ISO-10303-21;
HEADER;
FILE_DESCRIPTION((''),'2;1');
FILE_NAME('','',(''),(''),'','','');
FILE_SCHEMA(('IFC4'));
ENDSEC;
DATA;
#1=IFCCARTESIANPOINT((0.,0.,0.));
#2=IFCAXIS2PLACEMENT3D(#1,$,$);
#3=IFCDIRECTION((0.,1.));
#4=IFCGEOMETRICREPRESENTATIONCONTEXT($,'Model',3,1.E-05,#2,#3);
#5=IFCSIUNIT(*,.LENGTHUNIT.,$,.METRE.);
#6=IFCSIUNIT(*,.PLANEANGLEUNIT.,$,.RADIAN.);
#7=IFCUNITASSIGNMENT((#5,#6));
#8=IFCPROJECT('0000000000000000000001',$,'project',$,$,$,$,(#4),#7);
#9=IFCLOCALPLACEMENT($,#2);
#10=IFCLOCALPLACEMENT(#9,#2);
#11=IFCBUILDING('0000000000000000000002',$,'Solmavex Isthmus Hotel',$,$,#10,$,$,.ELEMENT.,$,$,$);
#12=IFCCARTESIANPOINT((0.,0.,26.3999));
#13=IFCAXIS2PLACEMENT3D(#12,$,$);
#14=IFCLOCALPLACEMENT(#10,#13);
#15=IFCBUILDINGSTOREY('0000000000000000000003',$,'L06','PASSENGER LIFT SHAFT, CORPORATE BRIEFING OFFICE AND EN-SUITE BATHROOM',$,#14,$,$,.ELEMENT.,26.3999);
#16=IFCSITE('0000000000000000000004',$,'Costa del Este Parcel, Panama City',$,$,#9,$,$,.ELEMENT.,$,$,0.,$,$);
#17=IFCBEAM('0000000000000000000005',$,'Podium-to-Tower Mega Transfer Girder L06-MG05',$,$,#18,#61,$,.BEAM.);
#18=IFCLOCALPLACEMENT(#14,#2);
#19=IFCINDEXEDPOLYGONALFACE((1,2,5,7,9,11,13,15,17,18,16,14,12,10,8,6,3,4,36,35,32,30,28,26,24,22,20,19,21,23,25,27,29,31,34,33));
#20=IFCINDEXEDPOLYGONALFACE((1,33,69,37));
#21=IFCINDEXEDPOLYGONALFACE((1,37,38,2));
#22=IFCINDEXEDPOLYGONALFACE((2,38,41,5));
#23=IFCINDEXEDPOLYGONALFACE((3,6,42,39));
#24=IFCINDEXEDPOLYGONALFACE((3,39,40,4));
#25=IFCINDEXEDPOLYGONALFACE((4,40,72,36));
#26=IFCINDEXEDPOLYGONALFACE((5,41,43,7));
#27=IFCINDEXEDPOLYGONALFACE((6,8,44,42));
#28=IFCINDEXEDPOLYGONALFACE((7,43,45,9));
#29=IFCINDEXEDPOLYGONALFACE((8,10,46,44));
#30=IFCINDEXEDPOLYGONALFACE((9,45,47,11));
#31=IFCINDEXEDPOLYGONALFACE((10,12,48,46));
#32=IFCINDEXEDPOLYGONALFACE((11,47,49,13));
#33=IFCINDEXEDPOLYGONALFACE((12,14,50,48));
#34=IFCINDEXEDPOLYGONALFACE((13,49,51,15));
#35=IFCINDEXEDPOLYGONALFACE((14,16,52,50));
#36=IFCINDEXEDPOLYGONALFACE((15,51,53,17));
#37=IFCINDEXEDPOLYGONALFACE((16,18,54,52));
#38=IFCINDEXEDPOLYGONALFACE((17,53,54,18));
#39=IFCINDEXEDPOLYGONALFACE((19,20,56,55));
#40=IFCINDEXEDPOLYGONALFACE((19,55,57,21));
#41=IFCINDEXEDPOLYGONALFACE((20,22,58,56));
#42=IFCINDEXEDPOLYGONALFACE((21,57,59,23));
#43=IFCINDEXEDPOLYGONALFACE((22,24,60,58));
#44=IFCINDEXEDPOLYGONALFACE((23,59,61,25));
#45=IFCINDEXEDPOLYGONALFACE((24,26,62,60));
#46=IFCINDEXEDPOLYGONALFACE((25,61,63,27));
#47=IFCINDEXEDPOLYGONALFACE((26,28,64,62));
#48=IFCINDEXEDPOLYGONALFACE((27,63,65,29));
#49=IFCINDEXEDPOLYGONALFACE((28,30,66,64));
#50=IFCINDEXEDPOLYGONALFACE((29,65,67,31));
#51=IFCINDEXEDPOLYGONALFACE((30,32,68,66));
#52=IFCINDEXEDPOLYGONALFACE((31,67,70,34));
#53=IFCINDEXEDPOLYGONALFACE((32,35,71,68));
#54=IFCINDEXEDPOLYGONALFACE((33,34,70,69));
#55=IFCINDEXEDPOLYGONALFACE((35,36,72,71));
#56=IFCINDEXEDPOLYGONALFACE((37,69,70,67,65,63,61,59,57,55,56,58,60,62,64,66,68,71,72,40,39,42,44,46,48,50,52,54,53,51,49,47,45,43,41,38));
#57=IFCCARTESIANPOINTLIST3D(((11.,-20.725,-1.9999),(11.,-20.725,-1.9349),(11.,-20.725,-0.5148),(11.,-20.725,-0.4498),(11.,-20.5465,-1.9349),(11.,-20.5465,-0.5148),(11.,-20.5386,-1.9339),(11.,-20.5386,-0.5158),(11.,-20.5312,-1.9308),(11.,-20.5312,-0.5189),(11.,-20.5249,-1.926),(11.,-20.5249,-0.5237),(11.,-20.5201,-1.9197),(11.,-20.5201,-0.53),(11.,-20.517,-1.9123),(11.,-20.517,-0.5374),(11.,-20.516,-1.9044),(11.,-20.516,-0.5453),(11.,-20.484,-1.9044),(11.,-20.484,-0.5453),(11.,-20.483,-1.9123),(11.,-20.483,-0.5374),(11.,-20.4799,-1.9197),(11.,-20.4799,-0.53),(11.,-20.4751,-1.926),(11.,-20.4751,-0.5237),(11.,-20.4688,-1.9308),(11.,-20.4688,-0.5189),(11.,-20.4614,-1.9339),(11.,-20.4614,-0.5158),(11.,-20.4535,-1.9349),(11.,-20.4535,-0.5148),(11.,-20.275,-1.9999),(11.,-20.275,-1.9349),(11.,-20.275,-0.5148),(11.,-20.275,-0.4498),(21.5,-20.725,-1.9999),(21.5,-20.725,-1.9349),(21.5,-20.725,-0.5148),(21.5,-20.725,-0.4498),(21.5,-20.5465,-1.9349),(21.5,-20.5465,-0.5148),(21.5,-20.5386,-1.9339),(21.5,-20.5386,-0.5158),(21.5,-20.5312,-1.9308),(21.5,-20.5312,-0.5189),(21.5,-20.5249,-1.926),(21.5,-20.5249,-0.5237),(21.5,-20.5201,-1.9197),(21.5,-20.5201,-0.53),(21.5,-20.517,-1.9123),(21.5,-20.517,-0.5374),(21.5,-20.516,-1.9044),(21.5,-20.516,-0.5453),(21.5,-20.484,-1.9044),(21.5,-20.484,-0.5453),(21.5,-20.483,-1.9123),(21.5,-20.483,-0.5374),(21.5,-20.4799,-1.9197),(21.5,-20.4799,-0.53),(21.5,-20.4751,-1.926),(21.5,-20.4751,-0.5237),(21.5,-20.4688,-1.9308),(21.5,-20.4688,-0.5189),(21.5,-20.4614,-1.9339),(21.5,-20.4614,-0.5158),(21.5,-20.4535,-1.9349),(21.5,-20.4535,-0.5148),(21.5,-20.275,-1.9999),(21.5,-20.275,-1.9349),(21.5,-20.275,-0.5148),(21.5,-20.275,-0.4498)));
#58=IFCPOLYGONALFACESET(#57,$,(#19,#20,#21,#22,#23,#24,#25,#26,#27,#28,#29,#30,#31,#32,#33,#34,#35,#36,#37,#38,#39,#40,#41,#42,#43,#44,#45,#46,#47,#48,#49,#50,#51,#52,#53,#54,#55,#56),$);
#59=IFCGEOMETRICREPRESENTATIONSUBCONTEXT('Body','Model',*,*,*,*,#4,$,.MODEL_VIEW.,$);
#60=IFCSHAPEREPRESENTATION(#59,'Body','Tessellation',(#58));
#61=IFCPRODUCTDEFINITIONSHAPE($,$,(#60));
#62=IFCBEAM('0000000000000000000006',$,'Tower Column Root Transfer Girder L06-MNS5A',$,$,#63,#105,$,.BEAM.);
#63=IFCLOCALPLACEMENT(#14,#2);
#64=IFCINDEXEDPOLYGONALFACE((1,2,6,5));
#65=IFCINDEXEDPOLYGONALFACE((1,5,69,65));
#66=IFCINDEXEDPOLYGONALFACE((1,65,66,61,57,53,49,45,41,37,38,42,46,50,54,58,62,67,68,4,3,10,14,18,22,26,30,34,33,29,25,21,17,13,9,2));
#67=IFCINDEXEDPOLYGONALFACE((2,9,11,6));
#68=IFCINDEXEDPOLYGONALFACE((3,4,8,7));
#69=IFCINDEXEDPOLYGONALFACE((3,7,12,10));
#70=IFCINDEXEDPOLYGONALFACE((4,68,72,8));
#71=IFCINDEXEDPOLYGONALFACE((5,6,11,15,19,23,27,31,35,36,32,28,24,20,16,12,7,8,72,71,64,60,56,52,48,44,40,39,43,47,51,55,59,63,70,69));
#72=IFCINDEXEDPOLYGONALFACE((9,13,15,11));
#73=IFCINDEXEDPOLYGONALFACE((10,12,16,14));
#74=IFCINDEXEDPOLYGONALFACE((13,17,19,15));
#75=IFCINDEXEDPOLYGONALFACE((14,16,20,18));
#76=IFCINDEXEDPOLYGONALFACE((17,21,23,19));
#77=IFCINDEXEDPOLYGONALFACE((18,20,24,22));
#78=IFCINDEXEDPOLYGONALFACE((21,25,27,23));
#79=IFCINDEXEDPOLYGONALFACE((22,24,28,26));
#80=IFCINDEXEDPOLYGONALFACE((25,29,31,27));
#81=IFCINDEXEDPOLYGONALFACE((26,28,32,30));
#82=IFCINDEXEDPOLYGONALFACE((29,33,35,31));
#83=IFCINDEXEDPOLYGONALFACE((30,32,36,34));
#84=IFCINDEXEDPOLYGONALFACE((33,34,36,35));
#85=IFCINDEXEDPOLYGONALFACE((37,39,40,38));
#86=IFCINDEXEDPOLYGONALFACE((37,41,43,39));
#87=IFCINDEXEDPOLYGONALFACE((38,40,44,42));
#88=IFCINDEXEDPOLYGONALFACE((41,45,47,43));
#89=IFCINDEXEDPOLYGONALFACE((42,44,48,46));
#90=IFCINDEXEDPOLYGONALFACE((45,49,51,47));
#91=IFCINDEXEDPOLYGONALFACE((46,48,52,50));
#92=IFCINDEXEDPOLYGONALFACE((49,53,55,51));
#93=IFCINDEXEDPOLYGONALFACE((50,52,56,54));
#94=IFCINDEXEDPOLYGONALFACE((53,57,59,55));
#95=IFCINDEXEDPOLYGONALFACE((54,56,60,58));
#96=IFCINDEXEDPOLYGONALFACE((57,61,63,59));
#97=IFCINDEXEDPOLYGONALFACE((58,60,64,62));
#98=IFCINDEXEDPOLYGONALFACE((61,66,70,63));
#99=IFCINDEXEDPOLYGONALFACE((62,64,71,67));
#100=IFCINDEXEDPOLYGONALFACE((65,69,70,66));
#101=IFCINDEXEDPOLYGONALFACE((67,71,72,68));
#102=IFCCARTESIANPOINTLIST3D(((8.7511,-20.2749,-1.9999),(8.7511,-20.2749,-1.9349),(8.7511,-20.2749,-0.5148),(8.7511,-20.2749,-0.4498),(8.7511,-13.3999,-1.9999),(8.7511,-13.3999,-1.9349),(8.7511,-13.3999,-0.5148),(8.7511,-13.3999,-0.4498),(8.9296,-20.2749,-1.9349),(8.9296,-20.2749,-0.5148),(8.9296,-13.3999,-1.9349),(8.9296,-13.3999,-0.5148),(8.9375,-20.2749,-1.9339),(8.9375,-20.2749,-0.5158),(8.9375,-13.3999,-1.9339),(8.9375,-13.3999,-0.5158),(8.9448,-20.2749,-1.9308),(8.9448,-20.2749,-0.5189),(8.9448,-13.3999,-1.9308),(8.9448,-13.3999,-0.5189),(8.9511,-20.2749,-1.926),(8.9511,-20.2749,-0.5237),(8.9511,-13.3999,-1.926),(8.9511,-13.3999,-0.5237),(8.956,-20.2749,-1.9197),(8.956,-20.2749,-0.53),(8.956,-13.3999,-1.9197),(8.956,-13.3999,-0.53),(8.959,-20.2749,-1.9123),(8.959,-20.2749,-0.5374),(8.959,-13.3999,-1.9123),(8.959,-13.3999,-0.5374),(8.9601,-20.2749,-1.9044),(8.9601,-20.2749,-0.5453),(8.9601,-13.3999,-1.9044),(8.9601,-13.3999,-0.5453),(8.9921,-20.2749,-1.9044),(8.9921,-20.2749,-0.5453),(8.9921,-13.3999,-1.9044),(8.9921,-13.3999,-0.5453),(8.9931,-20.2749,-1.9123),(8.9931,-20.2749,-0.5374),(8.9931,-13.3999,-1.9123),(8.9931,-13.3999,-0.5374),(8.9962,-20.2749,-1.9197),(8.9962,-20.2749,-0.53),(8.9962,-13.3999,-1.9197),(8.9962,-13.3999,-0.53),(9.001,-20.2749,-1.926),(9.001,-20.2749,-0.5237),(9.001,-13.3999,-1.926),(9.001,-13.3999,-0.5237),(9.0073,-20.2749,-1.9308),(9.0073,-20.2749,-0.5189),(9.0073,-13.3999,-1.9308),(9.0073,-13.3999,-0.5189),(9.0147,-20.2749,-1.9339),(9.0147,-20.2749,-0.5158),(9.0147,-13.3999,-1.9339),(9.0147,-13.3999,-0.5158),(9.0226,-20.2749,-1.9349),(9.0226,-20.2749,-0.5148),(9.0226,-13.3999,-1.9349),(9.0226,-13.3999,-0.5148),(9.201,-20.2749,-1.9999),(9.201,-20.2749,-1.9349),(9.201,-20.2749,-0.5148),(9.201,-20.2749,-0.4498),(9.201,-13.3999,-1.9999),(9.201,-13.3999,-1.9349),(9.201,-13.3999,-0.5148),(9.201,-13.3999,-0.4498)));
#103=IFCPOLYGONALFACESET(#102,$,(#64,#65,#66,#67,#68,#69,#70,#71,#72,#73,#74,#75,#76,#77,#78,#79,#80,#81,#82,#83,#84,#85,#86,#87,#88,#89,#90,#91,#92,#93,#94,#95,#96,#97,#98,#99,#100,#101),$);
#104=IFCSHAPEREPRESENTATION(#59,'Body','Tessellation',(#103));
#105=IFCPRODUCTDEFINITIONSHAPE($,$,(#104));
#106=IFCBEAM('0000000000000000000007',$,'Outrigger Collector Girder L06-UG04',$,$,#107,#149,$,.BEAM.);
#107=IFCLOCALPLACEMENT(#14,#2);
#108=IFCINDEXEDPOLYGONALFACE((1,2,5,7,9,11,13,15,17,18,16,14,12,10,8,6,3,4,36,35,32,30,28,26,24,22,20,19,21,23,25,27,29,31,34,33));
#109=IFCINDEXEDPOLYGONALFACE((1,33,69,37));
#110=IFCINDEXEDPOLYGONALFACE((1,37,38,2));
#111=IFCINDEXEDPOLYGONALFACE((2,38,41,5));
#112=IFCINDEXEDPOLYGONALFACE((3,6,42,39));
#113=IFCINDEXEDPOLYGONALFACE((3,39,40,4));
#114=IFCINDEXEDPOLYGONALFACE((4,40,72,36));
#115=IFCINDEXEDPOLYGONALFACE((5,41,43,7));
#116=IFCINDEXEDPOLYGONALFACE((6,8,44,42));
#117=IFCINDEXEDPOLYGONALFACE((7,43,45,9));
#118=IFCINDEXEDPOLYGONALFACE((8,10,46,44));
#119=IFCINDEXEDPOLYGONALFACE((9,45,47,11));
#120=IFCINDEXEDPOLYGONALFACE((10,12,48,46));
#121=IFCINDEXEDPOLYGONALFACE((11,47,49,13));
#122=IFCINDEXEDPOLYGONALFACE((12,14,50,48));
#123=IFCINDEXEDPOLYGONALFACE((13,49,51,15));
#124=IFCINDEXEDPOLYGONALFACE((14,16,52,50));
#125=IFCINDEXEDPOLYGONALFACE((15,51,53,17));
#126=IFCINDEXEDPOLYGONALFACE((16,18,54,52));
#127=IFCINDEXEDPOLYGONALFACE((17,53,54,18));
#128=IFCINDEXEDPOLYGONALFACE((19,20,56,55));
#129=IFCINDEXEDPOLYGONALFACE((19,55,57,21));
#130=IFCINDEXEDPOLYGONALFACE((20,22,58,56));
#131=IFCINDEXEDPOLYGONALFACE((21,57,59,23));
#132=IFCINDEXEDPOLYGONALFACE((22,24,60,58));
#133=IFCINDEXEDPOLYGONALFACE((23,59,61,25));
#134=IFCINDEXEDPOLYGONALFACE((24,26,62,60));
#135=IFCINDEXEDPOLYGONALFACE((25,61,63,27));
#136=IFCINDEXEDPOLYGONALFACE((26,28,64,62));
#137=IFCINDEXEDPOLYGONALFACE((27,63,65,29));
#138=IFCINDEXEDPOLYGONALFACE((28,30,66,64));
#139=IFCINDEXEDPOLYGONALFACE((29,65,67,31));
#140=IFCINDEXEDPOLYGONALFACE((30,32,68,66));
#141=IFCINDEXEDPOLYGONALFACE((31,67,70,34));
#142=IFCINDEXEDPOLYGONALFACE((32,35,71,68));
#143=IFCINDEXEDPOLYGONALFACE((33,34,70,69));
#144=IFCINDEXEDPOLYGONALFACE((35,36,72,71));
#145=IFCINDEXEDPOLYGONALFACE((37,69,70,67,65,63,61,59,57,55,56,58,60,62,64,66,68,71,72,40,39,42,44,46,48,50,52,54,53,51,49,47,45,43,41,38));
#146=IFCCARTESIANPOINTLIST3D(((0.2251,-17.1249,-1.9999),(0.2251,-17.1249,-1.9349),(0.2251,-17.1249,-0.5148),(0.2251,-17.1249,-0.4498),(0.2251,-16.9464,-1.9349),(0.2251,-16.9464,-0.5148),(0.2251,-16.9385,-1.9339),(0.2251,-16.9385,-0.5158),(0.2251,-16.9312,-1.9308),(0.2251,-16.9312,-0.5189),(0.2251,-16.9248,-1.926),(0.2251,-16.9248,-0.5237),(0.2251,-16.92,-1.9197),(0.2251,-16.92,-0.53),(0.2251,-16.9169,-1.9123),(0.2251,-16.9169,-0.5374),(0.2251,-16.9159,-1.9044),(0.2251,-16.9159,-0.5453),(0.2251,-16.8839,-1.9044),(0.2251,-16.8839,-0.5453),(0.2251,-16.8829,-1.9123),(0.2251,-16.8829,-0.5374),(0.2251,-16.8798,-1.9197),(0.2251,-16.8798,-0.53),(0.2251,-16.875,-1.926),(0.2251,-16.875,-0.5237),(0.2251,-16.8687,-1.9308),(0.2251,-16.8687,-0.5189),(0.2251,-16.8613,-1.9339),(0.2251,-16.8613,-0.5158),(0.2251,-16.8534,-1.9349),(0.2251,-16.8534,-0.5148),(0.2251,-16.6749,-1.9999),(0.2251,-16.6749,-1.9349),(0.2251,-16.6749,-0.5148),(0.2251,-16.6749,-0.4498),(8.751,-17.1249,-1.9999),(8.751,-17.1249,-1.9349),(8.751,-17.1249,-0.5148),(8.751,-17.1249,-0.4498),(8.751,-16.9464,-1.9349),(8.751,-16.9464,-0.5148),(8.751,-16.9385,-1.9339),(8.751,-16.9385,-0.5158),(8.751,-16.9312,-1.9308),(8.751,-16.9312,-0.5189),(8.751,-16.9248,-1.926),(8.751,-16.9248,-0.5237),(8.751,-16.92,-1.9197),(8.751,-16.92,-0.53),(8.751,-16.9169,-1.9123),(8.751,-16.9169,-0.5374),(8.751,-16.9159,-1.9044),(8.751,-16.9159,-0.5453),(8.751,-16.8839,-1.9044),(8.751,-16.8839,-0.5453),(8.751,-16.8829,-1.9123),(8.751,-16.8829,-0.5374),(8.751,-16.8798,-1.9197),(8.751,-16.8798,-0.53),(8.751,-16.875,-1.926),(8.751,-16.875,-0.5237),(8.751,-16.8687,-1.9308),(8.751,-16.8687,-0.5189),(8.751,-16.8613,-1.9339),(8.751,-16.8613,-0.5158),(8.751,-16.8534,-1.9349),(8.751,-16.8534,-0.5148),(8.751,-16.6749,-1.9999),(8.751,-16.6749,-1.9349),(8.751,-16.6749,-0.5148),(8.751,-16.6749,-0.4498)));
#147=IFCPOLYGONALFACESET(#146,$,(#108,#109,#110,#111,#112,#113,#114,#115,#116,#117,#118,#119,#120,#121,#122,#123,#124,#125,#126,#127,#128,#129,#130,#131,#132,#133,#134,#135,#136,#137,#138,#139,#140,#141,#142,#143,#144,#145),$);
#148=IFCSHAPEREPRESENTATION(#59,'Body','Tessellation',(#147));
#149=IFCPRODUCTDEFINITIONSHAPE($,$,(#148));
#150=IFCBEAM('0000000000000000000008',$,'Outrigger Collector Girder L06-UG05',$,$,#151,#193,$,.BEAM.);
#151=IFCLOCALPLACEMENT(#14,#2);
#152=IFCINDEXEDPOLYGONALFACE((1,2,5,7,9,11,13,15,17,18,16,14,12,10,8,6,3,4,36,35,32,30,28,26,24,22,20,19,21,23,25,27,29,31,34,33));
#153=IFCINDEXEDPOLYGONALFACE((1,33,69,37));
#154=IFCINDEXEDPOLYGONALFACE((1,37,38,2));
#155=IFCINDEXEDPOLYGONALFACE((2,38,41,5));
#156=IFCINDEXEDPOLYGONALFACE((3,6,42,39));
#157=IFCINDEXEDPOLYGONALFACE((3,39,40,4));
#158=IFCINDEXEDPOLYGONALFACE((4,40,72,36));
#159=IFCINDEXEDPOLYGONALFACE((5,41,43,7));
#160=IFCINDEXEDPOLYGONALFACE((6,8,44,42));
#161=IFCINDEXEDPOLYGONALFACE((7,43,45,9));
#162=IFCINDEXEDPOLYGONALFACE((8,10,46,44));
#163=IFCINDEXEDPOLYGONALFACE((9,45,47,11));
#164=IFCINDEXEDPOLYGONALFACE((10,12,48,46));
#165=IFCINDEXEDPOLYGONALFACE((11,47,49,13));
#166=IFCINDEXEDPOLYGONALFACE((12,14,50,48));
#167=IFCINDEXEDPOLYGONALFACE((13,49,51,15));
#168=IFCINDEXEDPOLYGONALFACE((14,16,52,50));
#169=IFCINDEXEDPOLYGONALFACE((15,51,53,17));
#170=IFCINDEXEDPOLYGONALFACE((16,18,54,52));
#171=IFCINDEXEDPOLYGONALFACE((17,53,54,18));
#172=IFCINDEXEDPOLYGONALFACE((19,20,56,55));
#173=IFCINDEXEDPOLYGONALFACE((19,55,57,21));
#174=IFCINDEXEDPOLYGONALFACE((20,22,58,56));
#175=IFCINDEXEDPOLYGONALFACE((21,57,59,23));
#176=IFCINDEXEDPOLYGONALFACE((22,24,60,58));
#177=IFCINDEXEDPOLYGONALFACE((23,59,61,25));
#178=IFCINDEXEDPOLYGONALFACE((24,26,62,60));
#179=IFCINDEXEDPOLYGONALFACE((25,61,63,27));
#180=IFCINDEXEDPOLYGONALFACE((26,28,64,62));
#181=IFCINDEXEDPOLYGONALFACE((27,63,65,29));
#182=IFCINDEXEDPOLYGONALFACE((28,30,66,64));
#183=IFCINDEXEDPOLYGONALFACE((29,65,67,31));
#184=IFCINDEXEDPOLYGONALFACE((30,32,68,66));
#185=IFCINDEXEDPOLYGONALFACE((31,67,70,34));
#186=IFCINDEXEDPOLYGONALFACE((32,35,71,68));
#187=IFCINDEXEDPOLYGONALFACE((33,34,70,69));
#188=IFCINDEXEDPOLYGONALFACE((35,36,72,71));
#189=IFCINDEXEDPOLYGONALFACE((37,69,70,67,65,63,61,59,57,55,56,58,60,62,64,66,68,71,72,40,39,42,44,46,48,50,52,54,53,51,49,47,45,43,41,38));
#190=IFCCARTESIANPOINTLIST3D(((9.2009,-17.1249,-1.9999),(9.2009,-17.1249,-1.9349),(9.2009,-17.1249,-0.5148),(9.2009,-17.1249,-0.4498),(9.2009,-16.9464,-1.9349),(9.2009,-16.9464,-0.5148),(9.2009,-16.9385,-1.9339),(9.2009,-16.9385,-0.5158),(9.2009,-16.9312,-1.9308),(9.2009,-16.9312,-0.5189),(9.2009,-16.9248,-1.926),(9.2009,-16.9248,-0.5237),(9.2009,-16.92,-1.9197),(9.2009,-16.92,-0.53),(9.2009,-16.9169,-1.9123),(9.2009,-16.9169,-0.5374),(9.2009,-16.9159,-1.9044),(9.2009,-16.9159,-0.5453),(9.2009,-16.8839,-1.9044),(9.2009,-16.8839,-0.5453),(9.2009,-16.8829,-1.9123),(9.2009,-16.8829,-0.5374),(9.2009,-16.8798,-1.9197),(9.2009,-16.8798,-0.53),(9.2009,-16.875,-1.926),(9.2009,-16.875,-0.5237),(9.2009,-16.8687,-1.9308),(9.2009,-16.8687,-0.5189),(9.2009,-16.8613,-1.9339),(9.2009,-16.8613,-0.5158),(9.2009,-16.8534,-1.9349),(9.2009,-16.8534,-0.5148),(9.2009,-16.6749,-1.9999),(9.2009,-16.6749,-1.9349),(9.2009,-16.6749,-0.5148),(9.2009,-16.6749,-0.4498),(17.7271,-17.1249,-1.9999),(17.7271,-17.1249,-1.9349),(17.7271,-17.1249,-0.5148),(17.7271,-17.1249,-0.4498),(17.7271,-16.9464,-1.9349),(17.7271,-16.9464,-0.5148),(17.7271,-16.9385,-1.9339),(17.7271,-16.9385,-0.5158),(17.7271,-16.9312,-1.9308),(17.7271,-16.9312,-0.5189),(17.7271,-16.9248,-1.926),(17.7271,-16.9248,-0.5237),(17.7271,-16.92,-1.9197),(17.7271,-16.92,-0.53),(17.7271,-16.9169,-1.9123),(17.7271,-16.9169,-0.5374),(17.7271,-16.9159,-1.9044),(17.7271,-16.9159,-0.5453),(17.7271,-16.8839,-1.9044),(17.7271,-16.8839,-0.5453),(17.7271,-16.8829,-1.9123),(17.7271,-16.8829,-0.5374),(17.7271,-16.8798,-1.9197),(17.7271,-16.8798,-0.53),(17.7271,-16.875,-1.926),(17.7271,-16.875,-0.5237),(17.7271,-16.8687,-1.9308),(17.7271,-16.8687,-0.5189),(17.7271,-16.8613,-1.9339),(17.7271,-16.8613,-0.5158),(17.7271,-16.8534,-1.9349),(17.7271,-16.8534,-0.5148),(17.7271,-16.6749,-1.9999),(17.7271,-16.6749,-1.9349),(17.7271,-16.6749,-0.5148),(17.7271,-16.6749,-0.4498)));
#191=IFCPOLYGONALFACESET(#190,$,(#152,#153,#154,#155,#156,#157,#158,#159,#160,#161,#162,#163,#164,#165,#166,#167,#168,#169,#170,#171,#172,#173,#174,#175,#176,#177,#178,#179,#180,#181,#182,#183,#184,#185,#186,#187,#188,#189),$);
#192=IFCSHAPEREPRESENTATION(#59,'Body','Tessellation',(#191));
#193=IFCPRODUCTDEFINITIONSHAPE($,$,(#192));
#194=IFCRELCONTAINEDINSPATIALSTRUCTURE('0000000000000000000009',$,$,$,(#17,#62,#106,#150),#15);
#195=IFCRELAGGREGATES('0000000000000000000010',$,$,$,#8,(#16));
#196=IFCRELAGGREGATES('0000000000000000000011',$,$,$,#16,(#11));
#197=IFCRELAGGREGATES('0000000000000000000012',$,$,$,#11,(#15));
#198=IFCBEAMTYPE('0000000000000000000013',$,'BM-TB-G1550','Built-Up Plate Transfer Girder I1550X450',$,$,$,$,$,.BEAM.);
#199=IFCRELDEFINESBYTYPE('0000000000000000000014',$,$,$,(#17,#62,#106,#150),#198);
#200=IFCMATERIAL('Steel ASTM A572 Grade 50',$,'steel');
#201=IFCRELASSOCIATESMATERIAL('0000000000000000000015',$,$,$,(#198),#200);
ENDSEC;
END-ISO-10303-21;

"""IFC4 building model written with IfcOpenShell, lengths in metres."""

from ifc_helpers import new_model, si_unit, direction, frame, origin, origin_2d, place, context, subcontext, project, spatial, i_section, extrude, material, material_profile, profile_set, type_object, element, save


model = new_model("IFC4")

# Units and contexts
model_context = context("Model", 3, precision=1e-05, world=origin(), true_north=direction((0.0, 1.0)))
body_context = subcontext(model_context, "Body", "Model", "MODEL_VIEW")
ifc_project = project(units=[si_unit("LENGTHUNIT", "METRE"), si_unit("PLANEANGLEUNIT", "RADIAN")], contexts=[model_context])

# Site, building, storey
site_placement = place(None, origin())
site = spatial("IfcSite", under=ifc_project, at=site_placement, Name="Costa del Este Parcel, Panama City", CompositionType="ELEMENT", RefElevation=0.0)
building_placement = place(site_placement, origin())
building = spatial("IfcBuilding", under=site, at=building_placement, Name="Solmavex Isthmus Hotel", CompositionType="ELEMENT")
storey_placement = place(building_placement, frame((0.0, 0.0, 26.3999)))
storey = spatial("IfcBuildingStorey", under=building, at=storey_placement, Name="L06", Description="PASSENGER LIFT SHAFT, CORPORATE BRIEFING OFFICE AND EN-SUITE BATHROOM", CompositionType="ELEMENT", Elevation=26.3999)

# Beams
ifc_material_1 = material(Name="Steel ASTM A572 Grade 50", Category="steel")
ifc_material_profile_1 = material_profile(ifc_material_1, i_section(OverallWidth=0.45, OverallDepth=1.55, WebThickness=0.032, FlangeThickness=0.0649, FilletRadius=0.0305, at=origin_2d()), Name="I1550X450")
ifc_profile_set_1 = profile_set([ifc_material_profile_1], Name="Steel ASTM A572 Grade 50")
beam_type_1 = type_object("IfcBeamType", Name="BM-TB-G1550", Description="Built-Up Plate Transfer Girder I1550X450", PredefinedType="BEAM", material=ifc_profile_set_1)
beam_1_placement = place(storey_placement, frame((11.0, -20.5, -1.2249), z_axis=(1.0, 0.0, 0.0), x_axis=(0.0, 1.0, 0.0)))
element("IfcBeam", 1, at=beam_1_placement, inside=storey, type_object=beam_type_1, Name="Podium-to-Tower Mega Transfer Girder L06-MG05", PredefinedType="BEAM", context=body_context, shape_type="SweptSolid", body=[
    extrude(i_section(OverallWidth=0.45, OverallDepth=1.55, WebThickness=0.032, FlangeThickness=0.0649, FilletRadius=0.0305, at=origin_2d()), origin(), (0.0, 0.0, 1.0), 10.5),
])
beam_2_placement = place(storey_placement, frame((8.9761, -20.2749, -1.2249), z_axis=(0.0, 1.0, 0.0), x_axis=(-1.0, 0.0, 0.0)))
element("IfcBeam", 2, at=beam_2_placement, inside=storey, type_object=beam_type_1, Name="Tower Column Root Transfer Girder L06-MNS5A", PredefinedType="BEAM", context=body_context, shape_type="SweptSolid", body=[
    extrude(i_section(OverallWidth=0.45, OverallDepth=1.55, WebThickness=0.032, FlangeThickness=0.0649, FilletRadius=0.0305, at=origin_2d()), origin(), (0.0, 0.0, 1.0), 6.875),
])
beam_3_placement = place(storey_placement, frame((0.2251, -16.8999, -1.2249), z_axis=(1.0, 0.0, 0.0), x_axis=(0.0, 1.0, 0.0)))
element("IfcBeam", 3, at=beam_3_placement, inside=storey, type_object=beam_type_1, Name="Outrigger Collector Girder L06-UG04", PredefinedType="BEAM", context=body_context, shape_type="SweptSolid", body=[
    extrude(i_section(OverallWidth=0.45, OverallDepth=1.55, WebThickness=0.032, FlangeThickness=0.0649, FilletRadius=0.0305, at=origin_2d()), origin(), (0.0, 0.0, 1.0), 8.5259),
])
beam_4_placement = place(storey_placement, frame((9.2009, -16.8999, -1.2249), z_axis=(1.0, 0.0, 0.0), x_axis=(0.0, 1.0, 0.0)))
element("IfcBeam", 4, at=beam_4_placement, inside=storey, type_object=beam_type_1, Name="Outrigger Collector Girder L06-UG05", PredefinedType="BEAM", context=body_context, shape_type="SweptSolid", body=[
    extrude(i_section(OverallWidth=0.45, OverallDepth=1.55, WebThickness=0.032, FlangeThickness=0.0649, FilletRadius=0.0305, at=origin_2d()), origin(), (0.0, 0.0, 1.0), 8.5261),
])

save(model, "model.ifc")
